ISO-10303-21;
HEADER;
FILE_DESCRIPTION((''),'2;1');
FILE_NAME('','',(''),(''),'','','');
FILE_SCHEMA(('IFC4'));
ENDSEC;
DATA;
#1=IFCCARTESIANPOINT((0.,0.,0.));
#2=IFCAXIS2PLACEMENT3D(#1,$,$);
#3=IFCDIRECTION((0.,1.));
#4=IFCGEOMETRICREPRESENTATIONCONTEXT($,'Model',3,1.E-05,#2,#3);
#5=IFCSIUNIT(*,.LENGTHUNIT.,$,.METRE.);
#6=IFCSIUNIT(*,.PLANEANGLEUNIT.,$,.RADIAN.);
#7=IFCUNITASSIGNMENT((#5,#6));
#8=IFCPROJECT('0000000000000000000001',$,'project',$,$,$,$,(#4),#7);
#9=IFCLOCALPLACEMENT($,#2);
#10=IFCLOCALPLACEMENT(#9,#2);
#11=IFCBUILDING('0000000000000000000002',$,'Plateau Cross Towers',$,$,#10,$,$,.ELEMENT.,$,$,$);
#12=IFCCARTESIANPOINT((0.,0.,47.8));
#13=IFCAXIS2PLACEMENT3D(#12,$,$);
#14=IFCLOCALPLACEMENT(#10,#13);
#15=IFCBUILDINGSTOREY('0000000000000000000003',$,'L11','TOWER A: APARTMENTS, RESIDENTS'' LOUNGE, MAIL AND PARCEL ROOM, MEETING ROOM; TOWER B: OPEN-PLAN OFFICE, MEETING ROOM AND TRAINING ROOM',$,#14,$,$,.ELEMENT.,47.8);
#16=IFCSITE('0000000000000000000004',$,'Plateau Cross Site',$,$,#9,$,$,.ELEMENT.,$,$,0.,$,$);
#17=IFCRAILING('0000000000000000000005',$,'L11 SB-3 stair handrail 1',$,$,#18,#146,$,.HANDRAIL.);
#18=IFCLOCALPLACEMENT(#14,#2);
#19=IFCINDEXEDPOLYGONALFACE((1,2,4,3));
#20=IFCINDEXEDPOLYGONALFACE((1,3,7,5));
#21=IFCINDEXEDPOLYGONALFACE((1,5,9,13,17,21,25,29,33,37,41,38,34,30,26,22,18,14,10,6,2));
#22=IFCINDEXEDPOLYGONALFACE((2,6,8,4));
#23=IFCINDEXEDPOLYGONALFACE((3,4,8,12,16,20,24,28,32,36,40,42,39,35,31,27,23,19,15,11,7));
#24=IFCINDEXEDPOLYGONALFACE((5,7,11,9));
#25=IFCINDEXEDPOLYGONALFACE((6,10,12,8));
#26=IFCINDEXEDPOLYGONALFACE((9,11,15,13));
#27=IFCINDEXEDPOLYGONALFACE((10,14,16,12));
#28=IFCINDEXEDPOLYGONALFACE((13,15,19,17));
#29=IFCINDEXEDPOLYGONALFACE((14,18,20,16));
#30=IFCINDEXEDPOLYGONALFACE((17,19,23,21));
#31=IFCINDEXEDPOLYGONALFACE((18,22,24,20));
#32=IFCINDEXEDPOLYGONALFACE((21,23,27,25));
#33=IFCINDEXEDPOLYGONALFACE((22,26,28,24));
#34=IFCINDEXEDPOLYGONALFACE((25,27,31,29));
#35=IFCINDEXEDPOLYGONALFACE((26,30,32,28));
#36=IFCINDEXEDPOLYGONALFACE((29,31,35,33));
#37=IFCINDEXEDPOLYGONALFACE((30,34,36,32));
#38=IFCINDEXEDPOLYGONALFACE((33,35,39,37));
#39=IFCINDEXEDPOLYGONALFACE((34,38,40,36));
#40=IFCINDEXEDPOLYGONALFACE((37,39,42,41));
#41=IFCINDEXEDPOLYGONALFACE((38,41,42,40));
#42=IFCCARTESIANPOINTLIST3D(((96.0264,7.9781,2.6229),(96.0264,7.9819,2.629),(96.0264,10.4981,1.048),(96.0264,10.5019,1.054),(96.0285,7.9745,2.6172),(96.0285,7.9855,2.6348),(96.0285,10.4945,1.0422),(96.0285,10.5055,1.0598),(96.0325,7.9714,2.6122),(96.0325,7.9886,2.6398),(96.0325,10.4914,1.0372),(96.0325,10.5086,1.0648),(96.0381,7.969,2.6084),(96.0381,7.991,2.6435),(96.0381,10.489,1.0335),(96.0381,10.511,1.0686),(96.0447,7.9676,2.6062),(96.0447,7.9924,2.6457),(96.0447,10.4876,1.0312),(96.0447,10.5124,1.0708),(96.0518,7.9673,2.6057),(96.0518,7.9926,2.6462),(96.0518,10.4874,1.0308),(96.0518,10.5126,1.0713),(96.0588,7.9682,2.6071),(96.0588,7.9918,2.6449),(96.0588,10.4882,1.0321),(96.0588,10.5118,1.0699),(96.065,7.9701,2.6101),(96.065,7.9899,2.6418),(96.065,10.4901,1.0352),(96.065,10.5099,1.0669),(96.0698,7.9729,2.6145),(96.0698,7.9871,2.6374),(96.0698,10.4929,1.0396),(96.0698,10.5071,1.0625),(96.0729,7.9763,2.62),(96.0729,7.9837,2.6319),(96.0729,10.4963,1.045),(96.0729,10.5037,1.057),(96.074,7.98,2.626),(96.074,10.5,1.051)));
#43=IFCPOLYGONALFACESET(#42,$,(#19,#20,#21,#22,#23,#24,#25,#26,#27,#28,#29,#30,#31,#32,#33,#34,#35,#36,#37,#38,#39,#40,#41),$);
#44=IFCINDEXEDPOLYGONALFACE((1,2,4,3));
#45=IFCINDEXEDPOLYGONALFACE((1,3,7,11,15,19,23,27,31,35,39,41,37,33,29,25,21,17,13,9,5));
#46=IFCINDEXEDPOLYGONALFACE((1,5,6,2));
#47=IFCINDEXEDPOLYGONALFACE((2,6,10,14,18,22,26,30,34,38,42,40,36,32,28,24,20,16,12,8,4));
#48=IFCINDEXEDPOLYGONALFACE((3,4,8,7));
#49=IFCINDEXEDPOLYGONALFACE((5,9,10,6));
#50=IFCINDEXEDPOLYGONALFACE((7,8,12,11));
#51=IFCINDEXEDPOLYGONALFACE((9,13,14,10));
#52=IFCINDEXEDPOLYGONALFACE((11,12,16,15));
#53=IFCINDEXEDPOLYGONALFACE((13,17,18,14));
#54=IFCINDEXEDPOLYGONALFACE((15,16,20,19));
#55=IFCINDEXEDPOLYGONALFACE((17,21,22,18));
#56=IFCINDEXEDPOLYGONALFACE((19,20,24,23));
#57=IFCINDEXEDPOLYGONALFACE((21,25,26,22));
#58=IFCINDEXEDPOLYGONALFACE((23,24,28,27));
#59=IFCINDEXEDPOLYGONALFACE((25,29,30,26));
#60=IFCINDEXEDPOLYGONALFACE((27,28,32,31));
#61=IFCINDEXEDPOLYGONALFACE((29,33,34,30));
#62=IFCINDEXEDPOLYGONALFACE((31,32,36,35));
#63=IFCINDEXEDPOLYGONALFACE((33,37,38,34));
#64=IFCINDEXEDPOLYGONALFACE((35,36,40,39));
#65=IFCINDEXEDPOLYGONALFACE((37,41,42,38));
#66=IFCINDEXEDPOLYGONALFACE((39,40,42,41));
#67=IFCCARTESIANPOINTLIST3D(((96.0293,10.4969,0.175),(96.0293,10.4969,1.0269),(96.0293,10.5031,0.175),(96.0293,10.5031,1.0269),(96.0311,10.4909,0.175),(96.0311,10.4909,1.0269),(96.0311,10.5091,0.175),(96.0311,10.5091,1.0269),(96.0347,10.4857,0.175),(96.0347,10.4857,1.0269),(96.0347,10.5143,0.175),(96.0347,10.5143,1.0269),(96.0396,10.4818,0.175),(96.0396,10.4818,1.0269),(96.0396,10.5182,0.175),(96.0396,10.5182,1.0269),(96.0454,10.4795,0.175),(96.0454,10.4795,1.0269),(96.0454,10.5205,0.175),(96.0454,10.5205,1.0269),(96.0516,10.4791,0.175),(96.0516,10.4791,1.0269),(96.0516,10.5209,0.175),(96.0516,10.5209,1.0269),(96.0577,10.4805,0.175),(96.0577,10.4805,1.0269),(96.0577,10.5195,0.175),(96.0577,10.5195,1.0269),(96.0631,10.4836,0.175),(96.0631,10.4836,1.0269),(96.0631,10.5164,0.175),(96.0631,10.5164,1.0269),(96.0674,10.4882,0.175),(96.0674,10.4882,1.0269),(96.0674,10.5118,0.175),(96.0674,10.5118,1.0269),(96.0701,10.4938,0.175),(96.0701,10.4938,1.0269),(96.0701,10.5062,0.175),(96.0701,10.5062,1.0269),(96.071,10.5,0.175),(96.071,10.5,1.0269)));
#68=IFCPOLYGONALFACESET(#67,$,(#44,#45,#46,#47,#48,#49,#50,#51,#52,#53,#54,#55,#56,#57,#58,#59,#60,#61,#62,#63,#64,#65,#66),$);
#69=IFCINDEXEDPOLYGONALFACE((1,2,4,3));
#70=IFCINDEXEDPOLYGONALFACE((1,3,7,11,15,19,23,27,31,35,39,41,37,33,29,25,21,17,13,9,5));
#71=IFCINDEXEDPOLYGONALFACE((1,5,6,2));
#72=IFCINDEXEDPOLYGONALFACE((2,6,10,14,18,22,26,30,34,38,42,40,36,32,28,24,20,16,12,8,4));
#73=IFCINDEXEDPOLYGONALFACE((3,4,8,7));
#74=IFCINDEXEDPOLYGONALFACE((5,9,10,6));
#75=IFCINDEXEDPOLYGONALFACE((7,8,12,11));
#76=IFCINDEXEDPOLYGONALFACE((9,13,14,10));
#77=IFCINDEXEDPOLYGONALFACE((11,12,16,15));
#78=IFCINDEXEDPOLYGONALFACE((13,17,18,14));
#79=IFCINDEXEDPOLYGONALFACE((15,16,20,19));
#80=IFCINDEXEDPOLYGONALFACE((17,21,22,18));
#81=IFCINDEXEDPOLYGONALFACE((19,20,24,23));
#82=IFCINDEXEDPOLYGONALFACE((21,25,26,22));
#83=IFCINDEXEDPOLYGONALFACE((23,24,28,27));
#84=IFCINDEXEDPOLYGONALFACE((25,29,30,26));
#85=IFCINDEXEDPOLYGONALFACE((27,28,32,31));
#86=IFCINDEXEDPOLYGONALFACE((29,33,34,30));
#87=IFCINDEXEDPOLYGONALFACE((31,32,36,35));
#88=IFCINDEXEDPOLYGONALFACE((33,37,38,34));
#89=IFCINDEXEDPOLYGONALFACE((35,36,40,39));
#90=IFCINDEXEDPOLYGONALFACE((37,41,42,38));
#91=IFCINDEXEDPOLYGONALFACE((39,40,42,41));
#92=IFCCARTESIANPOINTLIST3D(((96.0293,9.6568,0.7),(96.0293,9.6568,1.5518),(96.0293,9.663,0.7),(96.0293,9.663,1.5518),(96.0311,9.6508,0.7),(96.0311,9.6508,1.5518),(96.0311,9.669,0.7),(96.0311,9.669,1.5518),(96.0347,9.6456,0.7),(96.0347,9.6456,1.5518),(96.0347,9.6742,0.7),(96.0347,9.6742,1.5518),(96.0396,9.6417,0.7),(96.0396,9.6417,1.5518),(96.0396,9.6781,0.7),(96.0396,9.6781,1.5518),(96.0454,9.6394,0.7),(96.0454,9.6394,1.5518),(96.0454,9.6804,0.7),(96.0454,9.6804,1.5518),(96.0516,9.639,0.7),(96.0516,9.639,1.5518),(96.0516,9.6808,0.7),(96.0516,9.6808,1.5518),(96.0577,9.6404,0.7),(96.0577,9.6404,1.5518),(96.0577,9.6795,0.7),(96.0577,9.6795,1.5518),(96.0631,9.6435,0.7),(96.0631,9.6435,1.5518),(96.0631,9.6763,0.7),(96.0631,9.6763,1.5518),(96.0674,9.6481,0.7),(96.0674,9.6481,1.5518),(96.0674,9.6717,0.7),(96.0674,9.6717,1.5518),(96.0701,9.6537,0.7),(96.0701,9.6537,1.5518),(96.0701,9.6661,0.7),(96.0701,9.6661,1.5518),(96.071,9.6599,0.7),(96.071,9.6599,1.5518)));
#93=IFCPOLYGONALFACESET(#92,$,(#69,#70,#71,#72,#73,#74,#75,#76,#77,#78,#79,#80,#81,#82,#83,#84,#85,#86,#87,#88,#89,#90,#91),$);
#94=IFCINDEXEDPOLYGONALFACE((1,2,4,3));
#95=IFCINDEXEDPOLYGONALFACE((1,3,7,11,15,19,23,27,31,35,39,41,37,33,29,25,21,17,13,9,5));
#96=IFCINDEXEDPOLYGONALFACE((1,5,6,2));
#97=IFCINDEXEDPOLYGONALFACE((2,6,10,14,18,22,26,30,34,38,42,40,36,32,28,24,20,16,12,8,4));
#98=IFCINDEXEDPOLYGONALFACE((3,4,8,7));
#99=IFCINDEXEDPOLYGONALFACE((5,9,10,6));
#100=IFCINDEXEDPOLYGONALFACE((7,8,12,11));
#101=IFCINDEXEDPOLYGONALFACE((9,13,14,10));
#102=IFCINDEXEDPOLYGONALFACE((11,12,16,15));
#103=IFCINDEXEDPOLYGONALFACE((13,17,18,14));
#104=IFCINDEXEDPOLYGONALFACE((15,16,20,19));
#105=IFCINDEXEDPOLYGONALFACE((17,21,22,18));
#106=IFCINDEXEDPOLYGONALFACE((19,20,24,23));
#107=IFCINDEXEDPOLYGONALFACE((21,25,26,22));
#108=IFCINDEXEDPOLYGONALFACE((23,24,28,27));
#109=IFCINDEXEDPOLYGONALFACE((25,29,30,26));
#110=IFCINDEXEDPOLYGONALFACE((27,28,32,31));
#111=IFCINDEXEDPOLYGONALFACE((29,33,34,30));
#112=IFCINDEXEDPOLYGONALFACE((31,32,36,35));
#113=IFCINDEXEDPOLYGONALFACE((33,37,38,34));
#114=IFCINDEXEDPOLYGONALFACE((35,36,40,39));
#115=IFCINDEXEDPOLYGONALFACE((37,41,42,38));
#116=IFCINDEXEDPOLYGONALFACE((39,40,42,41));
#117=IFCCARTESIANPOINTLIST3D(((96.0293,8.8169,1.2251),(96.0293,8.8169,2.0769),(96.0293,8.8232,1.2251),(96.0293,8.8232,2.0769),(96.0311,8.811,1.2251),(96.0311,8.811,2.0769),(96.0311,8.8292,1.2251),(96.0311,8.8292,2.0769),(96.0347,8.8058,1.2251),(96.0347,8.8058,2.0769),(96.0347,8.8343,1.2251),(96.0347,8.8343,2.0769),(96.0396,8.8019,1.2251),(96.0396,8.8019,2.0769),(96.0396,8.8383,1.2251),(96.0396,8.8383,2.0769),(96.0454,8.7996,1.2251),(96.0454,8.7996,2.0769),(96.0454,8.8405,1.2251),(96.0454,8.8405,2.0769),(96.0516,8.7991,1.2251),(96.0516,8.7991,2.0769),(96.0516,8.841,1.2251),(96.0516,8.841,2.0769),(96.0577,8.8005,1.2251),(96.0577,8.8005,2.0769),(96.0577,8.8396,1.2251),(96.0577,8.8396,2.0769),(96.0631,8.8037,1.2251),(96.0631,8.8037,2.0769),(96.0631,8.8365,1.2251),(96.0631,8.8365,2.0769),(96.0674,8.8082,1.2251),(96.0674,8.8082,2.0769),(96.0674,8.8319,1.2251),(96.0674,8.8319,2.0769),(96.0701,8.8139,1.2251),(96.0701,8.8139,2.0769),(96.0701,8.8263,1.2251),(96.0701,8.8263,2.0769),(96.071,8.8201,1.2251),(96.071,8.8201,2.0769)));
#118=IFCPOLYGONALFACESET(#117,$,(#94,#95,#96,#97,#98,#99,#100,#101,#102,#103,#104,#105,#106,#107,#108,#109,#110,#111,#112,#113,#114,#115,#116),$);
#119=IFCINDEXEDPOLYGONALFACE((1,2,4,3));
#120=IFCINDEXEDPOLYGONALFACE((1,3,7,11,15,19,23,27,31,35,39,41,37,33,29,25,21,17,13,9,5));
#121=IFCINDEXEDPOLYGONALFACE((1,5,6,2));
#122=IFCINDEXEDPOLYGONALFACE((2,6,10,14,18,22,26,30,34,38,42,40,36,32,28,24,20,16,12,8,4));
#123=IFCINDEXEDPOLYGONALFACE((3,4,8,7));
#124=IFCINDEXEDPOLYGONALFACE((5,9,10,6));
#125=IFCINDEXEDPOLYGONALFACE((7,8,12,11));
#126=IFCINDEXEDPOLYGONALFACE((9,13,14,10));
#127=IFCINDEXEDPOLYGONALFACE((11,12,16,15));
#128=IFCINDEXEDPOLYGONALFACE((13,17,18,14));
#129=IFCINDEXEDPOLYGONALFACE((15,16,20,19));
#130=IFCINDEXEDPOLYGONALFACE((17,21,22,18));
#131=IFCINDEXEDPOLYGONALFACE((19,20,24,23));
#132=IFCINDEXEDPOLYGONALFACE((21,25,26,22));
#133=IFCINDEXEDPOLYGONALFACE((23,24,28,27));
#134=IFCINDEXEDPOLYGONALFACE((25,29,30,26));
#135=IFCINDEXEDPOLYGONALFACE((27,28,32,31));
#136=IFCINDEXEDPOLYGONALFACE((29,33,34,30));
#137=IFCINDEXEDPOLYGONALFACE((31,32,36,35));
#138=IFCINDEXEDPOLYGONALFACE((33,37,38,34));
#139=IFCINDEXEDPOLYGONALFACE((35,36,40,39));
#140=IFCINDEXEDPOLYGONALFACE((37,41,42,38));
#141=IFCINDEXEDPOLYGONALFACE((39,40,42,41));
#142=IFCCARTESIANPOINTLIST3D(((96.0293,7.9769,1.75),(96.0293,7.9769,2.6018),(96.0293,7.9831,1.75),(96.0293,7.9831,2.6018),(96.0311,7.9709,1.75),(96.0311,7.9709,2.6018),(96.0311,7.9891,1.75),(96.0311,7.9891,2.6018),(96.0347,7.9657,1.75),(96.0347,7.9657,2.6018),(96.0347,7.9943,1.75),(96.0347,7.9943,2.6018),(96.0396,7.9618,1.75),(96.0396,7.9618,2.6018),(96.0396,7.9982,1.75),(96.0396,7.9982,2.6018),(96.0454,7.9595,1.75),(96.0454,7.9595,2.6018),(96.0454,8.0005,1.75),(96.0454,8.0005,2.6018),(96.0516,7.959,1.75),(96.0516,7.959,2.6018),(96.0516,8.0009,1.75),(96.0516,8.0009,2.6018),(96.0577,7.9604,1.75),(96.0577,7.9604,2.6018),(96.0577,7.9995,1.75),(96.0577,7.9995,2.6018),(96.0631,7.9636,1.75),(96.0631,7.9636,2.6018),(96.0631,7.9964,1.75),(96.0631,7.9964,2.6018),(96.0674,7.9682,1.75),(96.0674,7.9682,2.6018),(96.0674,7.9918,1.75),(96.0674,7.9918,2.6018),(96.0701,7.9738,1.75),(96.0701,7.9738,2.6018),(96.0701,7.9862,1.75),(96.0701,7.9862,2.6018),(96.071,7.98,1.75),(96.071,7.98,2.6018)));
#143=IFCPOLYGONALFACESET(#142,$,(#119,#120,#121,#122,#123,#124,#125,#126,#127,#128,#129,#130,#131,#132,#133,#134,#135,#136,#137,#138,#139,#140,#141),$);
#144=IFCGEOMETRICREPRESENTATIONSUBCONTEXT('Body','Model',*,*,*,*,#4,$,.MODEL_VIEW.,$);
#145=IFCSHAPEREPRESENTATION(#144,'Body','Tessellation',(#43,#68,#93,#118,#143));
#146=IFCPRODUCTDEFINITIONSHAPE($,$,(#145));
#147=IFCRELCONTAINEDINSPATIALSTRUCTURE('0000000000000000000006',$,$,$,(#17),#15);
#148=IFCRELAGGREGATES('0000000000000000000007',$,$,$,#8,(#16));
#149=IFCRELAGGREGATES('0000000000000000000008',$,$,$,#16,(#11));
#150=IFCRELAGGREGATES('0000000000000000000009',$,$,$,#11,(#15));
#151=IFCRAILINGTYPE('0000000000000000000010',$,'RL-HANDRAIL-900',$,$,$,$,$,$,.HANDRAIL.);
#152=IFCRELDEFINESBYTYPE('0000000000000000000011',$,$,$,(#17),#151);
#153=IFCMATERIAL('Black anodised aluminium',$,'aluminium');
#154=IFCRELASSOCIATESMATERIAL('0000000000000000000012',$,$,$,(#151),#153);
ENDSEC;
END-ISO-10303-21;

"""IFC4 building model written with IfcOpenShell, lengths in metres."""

from ifc_helpers import new_model, si_unit, direction, frame, origin, origin_2d, place, context, subcontext, project, spatial, circle, extrude, material, type_object, element, save


model = new_model("IFC4")

# Units and contexts
model_context = context("Model", 3, precision=1e-05, world=origin(), true_north=direction((0.0, 1.0)))
body_context = subcontext(model_context, "Body", "Model", "MODEL_VIEW")
ifc_project = project(units=[si_unit("LENGTHUNIT", "METRE"), si_unit("PLANEANGLEUNIT", "RADIAN")], contexts=[model_context])

# Site, building, storey
site_placement = place(None, origin())
site = spatial("IfcSite", under=ifc_project, at=site_placement, Name="Plateau Cross Site", CompositionType="ELEMENT", RefElevation=0.0)
building_placement = place(site_placement, origin())
building = spatial("IfcBuilding", under=site, at=building_placement, Name="Plateau Cross Towers", CompositionType="ELEMENT")
storey_placement = place(building_placement, frame((0.0, 0.0, 47.8)))
storey = spatial("IfcBuildingStorey", under=building, at=storey_placement, Name="L11", Description="TOWER A: APARTMENTS, RESIDENTS' LOUNGE, MAIL AND PARCEL ROOM, MEETING ROOM; TOWER B: OPEN-PLAN OFFICE, MEETING ROOM AND TRAINING ROOM", CompositionType="ELEMENT", Elevation=47.8)

# Shared definitions
ifc_material_1 = material(Name="Black anodised aluminium", Category="aluminium")

# Railing
railing_type_1 = type_object("IfcRailingType", Name="RL-HANDRAIL-900", PredefinedType="HANDRAIL", material=ifc_material_1)
railing_1_placement = place(storey_placement, frame((96.05, 10.5, 0.175)))
element("IfcRailing", 1, at=railing_1_placement, inside=storey, type_object=railing_type_1, Name="L11 SB-3 stair handrail 1", PredefinedType="HANDRAIL", context=body_context, shape_type="SweptSolid", body=[
    extrude(circle(Radius=0.0239, at=origin_2d()), frame((0.0, 0.0, 0.876), z_axis=(0.0, -0.848008, 0.529984), x_axis=(1.0, 0.0, 0.0)), (0.0, 0.0, 1.0), 2.9717),
    extrude(circle(Radius=0.021, at=origin_2d()), origin(), (0.0, 0.0, 1.0), 0.8518),
    extrude(circle(Radius=0.021, at=origin_2d()), frame((0.0, -0.8401, 0.5249)), (0.0, 0.0, 1.0), 0.8518),
    extrude(circle(Radius=0.021, at=origin_2d()), frame((0.0, -1.6799, 1.05)), (0.0, 0.0, 1.0), 0.8518),
    extrude(circle(Radius=0.021, at=origin_2d()), frame((0.0, -2.52, 1.575)), (0.0, 0.0, 1.0), 0.8518),
])

save(model, "model.ifc")
